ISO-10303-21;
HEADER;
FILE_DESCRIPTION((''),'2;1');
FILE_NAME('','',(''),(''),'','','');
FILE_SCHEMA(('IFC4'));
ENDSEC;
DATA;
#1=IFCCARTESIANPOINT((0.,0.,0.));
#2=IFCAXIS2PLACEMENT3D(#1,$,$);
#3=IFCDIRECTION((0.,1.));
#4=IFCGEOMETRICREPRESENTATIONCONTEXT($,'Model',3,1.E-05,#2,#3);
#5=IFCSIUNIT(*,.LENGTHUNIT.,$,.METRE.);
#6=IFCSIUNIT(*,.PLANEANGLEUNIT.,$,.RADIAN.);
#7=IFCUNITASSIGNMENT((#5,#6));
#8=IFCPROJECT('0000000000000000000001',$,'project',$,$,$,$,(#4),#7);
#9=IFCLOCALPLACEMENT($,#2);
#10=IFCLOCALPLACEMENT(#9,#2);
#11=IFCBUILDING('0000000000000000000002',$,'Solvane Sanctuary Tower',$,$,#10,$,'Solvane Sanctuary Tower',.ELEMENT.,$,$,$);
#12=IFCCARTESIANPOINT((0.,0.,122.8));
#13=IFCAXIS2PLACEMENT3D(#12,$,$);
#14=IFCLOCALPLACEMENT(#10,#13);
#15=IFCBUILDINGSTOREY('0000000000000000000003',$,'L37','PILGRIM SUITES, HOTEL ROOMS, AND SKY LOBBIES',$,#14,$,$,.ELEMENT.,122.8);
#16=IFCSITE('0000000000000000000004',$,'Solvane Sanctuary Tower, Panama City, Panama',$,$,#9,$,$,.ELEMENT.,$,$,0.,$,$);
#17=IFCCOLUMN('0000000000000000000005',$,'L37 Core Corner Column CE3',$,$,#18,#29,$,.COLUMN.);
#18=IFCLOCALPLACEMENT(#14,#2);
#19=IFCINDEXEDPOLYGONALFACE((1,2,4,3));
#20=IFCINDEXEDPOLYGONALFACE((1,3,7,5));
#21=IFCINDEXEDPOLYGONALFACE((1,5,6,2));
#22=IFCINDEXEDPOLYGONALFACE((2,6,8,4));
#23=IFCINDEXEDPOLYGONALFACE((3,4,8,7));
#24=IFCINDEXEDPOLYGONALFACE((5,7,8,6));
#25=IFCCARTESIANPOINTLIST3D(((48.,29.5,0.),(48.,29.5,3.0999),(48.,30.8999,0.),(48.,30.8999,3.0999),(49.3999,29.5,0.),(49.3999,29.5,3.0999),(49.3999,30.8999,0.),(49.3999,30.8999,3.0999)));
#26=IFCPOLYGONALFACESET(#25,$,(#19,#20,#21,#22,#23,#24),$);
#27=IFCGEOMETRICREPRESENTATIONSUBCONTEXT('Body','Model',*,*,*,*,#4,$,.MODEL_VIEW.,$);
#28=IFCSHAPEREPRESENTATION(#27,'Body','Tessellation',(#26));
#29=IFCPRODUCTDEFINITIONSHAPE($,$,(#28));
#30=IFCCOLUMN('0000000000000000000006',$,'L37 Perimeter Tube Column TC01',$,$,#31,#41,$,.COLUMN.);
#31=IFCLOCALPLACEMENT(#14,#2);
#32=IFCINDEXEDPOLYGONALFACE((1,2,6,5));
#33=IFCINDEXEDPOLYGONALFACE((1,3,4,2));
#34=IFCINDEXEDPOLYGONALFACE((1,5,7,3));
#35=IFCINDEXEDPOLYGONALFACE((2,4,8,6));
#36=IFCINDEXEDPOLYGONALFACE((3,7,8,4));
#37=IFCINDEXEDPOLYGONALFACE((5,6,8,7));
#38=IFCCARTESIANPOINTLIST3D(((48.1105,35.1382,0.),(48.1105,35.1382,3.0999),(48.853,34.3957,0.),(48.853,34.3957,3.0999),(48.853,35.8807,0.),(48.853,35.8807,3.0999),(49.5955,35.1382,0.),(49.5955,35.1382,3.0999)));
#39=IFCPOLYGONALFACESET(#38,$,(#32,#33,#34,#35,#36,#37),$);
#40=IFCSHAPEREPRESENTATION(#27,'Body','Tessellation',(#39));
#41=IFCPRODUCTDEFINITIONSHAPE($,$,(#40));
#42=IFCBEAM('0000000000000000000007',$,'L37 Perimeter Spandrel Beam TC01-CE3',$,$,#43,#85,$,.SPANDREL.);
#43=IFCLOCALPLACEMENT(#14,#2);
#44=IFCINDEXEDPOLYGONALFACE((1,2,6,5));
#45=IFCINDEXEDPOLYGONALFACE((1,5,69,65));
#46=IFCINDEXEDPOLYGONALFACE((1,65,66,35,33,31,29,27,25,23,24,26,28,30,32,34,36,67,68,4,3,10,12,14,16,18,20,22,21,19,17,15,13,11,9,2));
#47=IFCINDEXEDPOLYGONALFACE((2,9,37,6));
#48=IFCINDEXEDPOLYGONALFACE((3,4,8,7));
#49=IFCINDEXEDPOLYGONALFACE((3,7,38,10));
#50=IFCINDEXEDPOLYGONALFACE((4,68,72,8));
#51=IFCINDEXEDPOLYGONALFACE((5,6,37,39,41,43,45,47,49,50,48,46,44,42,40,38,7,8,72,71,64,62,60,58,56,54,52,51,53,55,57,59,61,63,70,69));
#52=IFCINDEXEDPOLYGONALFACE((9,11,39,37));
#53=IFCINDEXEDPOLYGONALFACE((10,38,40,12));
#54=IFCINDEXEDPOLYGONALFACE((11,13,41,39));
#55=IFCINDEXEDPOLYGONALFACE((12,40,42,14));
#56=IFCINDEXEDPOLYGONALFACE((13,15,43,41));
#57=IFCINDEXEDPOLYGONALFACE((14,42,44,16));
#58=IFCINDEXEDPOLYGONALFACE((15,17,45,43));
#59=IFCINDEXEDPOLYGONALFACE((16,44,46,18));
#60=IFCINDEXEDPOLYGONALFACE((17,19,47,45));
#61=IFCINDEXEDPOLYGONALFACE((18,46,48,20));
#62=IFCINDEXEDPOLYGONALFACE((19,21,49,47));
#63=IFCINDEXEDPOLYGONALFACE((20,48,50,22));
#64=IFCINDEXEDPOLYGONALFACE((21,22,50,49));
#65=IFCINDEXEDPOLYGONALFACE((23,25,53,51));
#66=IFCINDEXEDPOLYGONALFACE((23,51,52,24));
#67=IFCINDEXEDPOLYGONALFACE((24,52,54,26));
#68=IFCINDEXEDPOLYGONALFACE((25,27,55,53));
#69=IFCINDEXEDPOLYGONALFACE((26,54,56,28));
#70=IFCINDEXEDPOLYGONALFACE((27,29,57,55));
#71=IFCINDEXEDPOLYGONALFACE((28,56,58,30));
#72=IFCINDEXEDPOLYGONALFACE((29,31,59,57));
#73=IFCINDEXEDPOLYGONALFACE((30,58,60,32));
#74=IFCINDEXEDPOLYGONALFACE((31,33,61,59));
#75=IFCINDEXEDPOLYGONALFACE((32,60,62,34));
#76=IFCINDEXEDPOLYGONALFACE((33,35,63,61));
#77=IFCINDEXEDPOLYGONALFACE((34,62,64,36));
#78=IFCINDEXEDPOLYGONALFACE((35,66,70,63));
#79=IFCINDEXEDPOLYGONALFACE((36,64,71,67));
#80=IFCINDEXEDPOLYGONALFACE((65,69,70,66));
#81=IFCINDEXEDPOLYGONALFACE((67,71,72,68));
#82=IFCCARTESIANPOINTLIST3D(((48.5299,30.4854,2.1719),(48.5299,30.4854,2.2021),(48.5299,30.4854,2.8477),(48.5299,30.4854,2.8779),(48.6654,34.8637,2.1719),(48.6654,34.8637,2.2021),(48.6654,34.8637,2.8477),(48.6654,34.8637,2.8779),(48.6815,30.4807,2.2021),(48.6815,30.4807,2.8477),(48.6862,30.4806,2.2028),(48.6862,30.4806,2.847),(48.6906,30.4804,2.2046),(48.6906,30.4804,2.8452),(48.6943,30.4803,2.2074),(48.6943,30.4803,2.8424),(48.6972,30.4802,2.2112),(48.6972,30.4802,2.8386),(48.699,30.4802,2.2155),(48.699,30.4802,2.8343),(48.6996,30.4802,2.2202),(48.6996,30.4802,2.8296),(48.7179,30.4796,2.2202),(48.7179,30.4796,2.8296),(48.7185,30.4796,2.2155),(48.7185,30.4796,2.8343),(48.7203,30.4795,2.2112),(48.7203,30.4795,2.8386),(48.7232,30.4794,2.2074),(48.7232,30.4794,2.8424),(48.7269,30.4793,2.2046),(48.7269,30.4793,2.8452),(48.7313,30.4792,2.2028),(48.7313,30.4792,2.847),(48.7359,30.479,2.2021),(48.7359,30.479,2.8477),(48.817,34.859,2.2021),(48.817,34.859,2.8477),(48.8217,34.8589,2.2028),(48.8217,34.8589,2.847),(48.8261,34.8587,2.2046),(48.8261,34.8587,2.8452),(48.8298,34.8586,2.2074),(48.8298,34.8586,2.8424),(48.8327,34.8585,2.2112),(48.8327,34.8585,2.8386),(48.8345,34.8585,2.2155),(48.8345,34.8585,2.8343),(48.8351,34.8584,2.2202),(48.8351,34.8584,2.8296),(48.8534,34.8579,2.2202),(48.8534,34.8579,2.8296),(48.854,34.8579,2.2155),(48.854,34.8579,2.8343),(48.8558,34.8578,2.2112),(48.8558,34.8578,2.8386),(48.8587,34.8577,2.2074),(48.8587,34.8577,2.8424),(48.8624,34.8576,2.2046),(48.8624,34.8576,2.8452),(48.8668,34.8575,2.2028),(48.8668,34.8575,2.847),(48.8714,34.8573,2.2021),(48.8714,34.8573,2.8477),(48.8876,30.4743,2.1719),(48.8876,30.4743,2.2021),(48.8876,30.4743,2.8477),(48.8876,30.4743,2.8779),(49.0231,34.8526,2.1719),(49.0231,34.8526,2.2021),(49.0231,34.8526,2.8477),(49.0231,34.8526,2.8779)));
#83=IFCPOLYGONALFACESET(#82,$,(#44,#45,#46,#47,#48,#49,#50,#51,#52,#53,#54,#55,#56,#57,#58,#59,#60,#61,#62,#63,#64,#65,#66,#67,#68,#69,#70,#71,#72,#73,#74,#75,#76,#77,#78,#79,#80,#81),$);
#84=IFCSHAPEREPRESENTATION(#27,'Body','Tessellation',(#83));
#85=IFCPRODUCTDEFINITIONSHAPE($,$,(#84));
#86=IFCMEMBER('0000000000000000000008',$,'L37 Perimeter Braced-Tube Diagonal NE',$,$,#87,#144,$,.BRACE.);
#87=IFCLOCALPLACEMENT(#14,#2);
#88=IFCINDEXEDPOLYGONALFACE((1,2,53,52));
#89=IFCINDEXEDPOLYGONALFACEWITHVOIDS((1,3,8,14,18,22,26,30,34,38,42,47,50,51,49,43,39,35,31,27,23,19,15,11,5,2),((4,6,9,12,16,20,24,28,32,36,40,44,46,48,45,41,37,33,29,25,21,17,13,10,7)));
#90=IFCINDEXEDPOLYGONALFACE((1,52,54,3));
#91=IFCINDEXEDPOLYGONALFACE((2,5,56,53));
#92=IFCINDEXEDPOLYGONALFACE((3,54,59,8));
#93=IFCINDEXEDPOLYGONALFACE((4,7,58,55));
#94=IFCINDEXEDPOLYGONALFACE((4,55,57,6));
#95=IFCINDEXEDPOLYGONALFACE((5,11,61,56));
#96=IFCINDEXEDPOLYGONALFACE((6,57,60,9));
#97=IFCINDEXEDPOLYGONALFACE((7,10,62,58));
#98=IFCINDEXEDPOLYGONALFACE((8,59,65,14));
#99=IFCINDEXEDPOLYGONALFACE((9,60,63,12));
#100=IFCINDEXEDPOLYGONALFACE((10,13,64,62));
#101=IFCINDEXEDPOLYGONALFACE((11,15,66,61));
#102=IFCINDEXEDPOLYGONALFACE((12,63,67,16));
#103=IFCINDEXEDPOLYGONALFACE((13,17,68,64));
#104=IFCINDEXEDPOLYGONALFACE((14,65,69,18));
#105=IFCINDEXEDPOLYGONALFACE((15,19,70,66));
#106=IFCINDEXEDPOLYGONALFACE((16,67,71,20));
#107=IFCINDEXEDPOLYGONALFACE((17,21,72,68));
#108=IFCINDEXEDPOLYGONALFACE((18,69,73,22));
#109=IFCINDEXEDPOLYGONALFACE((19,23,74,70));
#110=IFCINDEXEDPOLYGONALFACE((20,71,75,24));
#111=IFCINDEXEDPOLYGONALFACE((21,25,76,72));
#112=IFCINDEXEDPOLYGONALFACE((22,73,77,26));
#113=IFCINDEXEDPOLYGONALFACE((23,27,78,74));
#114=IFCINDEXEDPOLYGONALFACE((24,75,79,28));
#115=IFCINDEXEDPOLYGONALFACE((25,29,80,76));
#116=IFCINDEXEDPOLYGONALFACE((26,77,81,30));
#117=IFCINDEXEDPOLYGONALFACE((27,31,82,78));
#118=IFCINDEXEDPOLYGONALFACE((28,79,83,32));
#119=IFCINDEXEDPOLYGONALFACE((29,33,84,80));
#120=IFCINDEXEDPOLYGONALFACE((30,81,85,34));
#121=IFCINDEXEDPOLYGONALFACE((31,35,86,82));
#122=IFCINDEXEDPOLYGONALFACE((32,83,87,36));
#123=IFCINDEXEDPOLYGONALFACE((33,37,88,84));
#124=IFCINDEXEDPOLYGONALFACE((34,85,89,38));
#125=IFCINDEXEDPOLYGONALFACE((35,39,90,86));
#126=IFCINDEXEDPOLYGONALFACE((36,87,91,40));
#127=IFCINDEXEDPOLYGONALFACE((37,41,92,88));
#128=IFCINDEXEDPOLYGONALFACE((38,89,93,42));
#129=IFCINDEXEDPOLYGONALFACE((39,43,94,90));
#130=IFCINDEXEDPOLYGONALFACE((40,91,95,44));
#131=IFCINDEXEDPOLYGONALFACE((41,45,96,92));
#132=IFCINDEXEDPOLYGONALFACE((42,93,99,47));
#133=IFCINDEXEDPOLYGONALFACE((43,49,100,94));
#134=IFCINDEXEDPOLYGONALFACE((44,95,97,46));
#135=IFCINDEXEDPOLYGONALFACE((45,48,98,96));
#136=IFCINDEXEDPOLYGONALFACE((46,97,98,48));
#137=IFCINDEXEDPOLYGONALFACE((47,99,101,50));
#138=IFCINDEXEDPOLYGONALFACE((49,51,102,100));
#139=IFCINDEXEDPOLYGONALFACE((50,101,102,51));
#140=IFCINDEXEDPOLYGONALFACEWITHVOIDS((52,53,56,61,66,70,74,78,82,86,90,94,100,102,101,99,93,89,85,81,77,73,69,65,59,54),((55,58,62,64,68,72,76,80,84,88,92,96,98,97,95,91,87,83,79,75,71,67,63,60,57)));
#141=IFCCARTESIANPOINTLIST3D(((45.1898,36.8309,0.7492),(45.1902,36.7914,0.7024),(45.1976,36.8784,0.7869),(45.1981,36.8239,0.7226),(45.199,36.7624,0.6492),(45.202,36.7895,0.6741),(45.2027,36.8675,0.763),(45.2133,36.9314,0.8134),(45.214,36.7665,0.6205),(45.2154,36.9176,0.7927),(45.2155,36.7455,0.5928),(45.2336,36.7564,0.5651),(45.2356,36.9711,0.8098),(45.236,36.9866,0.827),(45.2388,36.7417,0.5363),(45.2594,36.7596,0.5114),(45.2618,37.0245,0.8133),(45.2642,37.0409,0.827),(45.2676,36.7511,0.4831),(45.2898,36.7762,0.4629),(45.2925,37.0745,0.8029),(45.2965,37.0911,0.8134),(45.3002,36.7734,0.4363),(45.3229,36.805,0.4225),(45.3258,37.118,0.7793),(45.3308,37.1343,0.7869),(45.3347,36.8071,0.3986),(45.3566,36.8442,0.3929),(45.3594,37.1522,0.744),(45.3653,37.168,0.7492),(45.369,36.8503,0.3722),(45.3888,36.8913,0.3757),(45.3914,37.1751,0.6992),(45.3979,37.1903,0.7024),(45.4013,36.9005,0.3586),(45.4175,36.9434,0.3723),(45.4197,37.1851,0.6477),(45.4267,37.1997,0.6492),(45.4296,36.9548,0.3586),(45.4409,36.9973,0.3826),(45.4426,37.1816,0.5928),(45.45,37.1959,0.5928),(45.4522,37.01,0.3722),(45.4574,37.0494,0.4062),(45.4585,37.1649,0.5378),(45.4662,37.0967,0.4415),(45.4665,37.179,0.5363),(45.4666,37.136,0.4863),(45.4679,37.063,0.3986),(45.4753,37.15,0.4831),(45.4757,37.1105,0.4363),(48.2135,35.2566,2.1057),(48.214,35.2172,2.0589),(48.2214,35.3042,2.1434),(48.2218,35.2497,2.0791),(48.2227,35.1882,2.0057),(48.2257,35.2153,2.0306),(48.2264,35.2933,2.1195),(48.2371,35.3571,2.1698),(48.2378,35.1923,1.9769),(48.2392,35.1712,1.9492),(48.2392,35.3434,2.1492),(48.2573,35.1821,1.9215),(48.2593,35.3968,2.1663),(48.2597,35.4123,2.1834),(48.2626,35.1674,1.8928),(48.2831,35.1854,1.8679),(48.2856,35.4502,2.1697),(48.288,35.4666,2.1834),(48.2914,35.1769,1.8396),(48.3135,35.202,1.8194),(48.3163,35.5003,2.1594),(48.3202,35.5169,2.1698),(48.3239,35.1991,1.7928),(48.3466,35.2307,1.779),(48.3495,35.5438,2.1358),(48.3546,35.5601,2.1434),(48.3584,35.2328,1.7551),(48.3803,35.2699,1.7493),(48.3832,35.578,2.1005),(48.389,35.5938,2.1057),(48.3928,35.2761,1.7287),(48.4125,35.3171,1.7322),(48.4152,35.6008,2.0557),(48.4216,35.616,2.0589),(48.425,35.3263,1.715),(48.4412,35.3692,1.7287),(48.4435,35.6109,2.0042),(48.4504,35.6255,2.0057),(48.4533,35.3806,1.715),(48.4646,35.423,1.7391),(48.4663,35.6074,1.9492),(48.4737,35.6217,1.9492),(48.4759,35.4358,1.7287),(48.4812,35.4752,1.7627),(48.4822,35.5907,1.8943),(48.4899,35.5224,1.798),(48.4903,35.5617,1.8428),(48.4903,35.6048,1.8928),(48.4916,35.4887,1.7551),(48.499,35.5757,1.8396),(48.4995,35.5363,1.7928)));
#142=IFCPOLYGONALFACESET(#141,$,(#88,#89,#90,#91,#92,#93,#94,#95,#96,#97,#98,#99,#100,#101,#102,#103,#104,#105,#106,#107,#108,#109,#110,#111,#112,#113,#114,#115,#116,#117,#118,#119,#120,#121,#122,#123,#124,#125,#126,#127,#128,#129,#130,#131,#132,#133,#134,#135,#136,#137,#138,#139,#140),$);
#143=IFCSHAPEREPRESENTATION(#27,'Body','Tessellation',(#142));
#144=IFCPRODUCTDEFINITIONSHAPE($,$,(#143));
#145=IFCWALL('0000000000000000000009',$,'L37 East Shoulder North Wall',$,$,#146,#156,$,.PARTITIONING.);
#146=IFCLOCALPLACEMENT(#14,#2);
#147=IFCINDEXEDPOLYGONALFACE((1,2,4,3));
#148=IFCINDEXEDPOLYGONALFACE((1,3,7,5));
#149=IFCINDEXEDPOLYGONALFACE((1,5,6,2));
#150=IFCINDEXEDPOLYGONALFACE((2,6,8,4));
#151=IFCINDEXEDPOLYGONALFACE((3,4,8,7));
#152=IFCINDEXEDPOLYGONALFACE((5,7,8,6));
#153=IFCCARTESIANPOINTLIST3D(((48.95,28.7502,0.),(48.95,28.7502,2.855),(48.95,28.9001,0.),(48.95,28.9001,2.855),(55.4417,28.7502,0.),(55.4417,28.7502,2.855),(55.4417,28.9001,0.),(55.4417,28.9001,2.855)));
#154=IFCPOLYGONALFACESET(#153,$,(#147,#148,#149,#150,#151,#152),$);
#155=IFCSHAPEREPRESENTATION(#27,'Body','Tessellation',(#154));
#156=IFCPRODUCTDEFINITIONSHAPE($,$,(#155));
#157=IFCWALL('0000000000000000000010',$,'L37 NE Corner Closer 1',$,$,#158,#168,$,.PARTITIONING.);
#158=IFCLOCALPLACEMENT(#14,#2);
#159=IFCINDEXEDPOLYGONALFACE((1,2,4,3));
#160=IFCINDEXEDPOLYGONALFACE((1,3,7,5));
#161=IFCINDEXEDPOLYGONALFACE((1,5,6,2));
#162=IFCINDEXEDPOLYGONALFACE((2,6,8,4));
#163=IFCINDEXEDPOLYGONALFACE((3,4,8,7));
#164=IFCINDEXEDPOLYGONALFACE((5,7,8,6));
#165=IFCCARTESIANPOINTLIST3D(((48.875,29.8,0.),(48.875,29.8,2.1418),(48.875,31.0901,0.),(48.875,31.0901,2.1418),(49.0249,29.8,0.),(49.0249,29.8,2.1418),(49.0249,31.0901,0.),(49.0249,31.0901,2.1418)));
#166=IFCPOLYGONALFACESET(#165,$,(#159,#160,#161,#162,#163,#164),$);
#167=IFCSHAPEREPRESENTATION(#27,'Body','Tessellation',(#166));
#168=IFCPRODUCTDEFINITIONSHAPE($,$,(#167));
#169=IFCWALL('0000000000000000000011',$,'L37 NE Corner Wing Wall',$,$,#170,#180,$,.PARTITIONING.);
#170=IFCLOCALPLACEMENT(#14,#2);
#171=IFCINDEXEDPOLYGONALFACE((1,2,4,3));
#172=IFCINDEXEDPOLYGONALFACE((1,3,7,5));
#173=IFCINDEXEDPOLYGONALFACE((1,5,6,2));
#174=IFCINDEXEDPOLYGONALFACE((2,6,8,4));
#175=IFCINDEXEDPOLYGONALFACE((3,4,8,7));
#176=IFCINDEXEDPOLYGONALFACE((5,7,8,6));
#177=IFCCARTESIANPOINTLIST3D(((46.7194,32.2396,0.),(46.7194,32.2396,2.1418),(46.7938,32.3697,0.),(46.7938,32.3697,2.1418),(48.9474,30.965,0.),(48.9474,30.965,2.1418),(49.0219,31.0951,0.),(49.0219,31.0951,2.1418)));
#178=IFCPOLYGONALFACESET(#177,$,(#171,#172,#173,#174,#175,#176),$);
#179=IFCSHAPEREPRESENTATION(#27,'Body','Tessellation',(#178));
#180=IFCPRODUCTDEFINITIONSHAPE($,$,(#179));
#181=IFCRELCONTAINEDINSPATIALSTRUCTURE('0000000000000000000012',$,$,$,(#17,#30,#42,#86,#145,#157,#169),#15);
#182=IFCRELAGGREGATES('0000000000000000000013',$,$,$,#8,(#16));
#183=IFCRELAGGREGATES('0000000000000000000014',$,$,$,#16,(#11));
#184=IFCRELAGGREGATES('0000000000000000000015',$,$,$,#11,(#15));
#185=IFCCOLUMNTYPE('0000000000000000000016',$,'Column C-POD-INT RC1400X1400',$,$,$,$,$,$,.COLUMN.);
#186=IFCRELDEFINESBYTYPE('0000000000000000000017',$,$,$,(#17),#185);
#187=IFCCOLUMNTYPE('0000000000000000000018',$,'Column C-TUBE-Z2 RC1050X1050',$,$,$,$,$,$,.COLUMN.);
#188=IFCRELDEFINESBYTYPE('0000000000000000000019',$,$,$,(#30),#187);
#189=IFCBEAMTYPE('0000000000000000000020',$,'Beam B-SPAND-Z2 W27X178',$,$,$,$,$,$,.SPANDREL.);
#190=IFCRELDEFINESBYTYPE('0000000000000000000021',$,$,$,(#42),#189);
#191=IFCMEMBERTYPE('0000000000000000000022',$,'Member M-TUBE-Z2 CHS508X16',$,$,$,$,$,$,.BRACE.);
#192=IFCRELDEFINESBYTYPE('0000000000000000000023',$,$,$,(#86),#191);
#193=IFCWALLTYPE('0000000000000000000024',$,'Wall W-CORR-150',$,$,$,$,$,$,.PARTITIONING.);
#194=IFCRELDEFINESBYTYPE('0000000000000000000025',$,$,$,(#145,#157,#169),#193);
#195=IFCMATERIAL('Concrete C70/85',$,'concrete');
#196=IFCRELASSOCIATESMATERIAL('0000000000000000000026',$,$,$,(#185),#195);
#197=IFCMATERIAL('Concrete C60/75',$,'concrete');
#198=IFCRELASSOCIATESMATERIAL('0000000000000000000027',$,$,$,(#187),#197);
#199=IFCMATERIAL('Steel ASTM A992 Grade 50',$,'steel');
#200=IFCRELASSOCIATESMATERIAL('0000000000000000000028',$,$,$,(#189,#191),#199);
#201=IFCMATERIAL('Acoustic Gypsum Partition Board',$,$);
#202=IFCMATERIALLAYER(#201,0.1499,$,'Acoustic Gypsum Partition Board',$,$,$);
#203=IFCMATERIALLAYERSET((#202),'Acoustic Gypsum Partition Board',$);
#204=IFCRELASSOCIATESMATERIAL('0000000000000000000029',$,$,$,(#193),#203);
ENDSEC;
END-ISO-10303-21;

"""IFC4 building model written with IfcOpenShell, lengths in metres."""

from ifc_helpers import new_model, si_unit, direction, frame, frame_2d, origin, origin_2d, place, context, subcontext, project, spatial, rectangle, hollow_circle, i_section, extrude, material, layer, layer_set, material_profile, profile_set, type_object, element, save


model = new_model("IFC4")

# Units and contexts
model_context = context("Model", 3, precision=1e-05, world=origin(), true_north=direction((0.0, 1.0)))
body_context = subcontext(model_context, "Body", "Model", "MODEL_VIEW")
ifc_project = project(units=[si_unit("LENGTHUNIT", "METRE"), si_unit("PLANEANGLEUNIT", "RADIAN")], contexts=[model_context])

# Site, building, storey
site_placement = place(None, origin())
site = spatial("IfcSite", under=ifc_project, at=site_placement, Name="Solvane Sanctuary Tower, Panama City, Panama", CompositionType="ELEMENT", RefElevation=0.0)
building_placement = place(site_placement, origin())
building = spatial("IfcBuilding", under=site, at=building_placement, Name="Solvane Sanctuary Tower", LongName="Solvane Sanctuary Tower", CompositionType="ELEMENT")
storey_placement = place(building_placement, frame((0.0, 0.0, 122.8)))
storey = spatial("IfcBuildingStorey", under=building, at=storey_placement, Name="L37", Description="PILGRIM SUITES, HOTEL ROOMS, AND SKY LOBBIES", CompositionType="ELEMENT", Elevation=122.8)

# Columns
ifc_material_1 = material(Name="Concrete C70/85", Category="concrete")
ifc_material_profile_1 = material_profile(ifc_material_1, rectangle(XDim=1.3999, YDim=1.3999, at=origin_2d()), Name="RC1400X1400")
ifc_profile_set_1 = profile_set([ifc_material_profile_1], Name="Concrete C70/85")
column_type_1 = type_object("IfcColumnType", Name="Column C-POD-INT RC1400X1400", PredefinedType="COLUMN", material=ifc_profile_set_1)
column_1_placement = place(storey_placement, frame((48.7, 30.2, 0.0), z_axis=(0.0, 0.0, 1.0), x_axis=(1.0, 0.0, 0.0)))
element("IfcColumn", 1, at=column_1_placement, inside=storey, type_object=column_type_1, Name="L37 Core Corner Column CE3", PredefinedType="COLUMN", context=body_context, shape_type="SweptSolid", body=[
    extrude(rectangle(XDim=1.3999, YDim=1.3999, at=origin_2d()), origin(), (0.0, 0.0, 1.0), 3.0999),
])
ifc_material_2 = material(Name="Concrete C60/75", Category="concrete")
ifc_material_profile_2 = material_profile(ifc_material_2, rectangle(XDim=1.05, YDim=1.05, at=origin_2d()), Name="RC1050X1050")
ifc_profile_set_2 = profile_set([ifc_material_profile_2], Name="Concrete C60/75")
column_type_2 = type_object("IfcColumnType", Name="Column C-TUBE-Z2 RC1050X1050", PredefinedType="COLUMN", material=ifc_profile_set_2)
column_2_placement = place(storey_placement, frame((48.853, 35.1382, 0.0), z_axis=(0.0, 0.0, 1.0), x_axis=(0.707107, 0.707107, 0.0)))
element("IfcColumn", 2, at=column_2_placement, inside=storey, type_object=column_type_2, Name="L37 Perimeter Tube Column TC01", PredefinedType="COLUMN", context=body_context, shape_type="SweptSolid", body=[
    extrude(rectangle(XDim=1.05, YDim=1.05, at=origin_2d()), origin(), (0.0, 0.0, 1.0), 3.0999),
])

# Beam
ifc_material_3 = material(Name="Steel ASTM A992 Grade 50", Category="steel")
ifc_material_profile_3 = material_profile(ifc_material_3, i_section(OverallWidth=0.3579, OverallDepth=0.7061, WebThickness=0.0183, FlangeThickness=0.0303, FilletRadius=0.0181, at=origin_2d()), Name="W27X178")
ifc_profile_set_3 = profile_set([ifc_material_profile_3], Name="Steel ASTM A992 Grade 50")
beam_type = type_object("IfcBeamType", Name="Beam B-SPAND-Z2 W27X178", PredefinedType="SPANDREL", material=ifc_profile_set_3)
beam_placement = place(storey_placement, frame((48.8442, 34.8582, 2.5249), z_axis=(-0.030934, -0.999521, 0.0), x_axis=(0.999521, -0.030934, 0.0)))
element("IfcBeam", 3, at=beam_placement, inside=storey, type_object=beam_type, Name="L37 Perimeter Spandrel Beam TC01-CE3", PredefinedType="SPANDREL", context=body_context, shape_type="SweptSolid", body=[
    extrude(i_section(OverallWidth=0.3579, OverallDepth=0.7061, WebThickness=0.0183, FlangeThickness=0.0303, FilletRadius=0.0181, at=origin_2d()), origin(), (0.0, 0.0, 1.0), 4.3804),
])

# Member
ifc_material_profile_4 = material_profile(ifc_material_3, hollow_circle(Radius=0.2539, WallThickness=0.0161, at=origin_2d()), Name="CHS508X16")
ifc_profile_set_4 = profile_set([ifc_material_profile_4], Name="Steel ASTM A992 Grade 50")
member_type = type_object("IfcMemberType", Name="Member M-TUBE-Z2 CHS508X16", PredefinedType="BRACE", material=ifc_profile_set_4)
member_placement = place(storey_placement, frame((45.3328, 36.9707, 0.5928), z_axis=(0.824141, -0.429072, 0.369715), x_axis=(0.461792, 0.886988, 0.0)))
element("IfcMember", 4, at=member_placement, inside=storey, type_object=member_type, Name="L37 Perimeter Braced-Tube Diagonal NE", PredefinedType="BRACE", context=body_context, shape_type="SweptSolid", body=[
    extrude(hollow_circle(Radius=0.2539, WallThickness=0.0161, at=origin_2d()), origin(), (0.0, 0.0, 1.0), 3.6689),
])

# Walls
ifc_material_4 = material(Name="Acoustic Gypsum Partition Board")
ifc_layer_1 = layer(ifc_material_4, 0.1499, Name="Acoustic Gypsum Partition Board")
ifc_layer_set_1 = layer_set([ifc_layer_1], Name="Acoustic Gypsum Partition Board")
wall_type_1 = type_object("IfcWallType", Name="Wall W-CORR-150", PredefinedType="PARTITIONING", material=ifc_layer_set_1)
wall_1_placement = place(storey_placement, frame((48.95, 28.8252, 0.0), z_axis=(0.0, 0.0, 1.0), x_axis=(1.0, 0.0, 0.0)))
element("IfcWall", 5, at=wall_1_placement, inside=storey, type_object=wall_type_1, Name="L37 East Shoulder North Wall", PredefinedType="PARTITIONING", context=body_context, shape_type="SweptSolid", body=[
    extrude(rectangle(XDim=6.4917, YDim=0.1499, at=frame_2d((3.2458, 0.0))), origin(), (0.0, 0.0, 1.0), 2.855),
])
wall_2_placement = place(storey_placement, frame((48.95, 29.8, 0.0), z_axis=(0.0, 0.0, 1.0), x_axis=(0.0, 1.0, 0.0)))
element("IfcWall", 6, at=wall_2_placement, inside=storey, type_object=wall_type_1, Name="L37 NE Corner Closer 1", PredefinedType="PARTITIONING", context=body_context, shape_type="SweptSolid", body=[
    extrude(rectangle(XDim=1.29, YDim=0.1499, at=frame_2d((0.645, 0.0))), origin(), (0.0, 0.0, 1.0), 2.1418),
])
wall_3_placement = place(storey_placement, frame((46.7566, 32.3047, 0.0), z_axis=(0.0, 0.0, 1.0), x_axis=(0.867991, -0.496579, 0.0)))
element("IfcWall", 7, at=wall_3_placement, inside=storey, type_object=wall_type_1, Name="L37 NE Corner Wing Wall", PredefinedType="PARTITIONING", context=body_context, shape_type="SweptSolid", body=[
    extrude(rectangle(XDim=2.5669, YDim=0.1499, at=frame_2d((1.2834, 0.0))), origin(), (0.0, 0.0, 1.0), 2.1418),
])

save(model, "model.ifc")
